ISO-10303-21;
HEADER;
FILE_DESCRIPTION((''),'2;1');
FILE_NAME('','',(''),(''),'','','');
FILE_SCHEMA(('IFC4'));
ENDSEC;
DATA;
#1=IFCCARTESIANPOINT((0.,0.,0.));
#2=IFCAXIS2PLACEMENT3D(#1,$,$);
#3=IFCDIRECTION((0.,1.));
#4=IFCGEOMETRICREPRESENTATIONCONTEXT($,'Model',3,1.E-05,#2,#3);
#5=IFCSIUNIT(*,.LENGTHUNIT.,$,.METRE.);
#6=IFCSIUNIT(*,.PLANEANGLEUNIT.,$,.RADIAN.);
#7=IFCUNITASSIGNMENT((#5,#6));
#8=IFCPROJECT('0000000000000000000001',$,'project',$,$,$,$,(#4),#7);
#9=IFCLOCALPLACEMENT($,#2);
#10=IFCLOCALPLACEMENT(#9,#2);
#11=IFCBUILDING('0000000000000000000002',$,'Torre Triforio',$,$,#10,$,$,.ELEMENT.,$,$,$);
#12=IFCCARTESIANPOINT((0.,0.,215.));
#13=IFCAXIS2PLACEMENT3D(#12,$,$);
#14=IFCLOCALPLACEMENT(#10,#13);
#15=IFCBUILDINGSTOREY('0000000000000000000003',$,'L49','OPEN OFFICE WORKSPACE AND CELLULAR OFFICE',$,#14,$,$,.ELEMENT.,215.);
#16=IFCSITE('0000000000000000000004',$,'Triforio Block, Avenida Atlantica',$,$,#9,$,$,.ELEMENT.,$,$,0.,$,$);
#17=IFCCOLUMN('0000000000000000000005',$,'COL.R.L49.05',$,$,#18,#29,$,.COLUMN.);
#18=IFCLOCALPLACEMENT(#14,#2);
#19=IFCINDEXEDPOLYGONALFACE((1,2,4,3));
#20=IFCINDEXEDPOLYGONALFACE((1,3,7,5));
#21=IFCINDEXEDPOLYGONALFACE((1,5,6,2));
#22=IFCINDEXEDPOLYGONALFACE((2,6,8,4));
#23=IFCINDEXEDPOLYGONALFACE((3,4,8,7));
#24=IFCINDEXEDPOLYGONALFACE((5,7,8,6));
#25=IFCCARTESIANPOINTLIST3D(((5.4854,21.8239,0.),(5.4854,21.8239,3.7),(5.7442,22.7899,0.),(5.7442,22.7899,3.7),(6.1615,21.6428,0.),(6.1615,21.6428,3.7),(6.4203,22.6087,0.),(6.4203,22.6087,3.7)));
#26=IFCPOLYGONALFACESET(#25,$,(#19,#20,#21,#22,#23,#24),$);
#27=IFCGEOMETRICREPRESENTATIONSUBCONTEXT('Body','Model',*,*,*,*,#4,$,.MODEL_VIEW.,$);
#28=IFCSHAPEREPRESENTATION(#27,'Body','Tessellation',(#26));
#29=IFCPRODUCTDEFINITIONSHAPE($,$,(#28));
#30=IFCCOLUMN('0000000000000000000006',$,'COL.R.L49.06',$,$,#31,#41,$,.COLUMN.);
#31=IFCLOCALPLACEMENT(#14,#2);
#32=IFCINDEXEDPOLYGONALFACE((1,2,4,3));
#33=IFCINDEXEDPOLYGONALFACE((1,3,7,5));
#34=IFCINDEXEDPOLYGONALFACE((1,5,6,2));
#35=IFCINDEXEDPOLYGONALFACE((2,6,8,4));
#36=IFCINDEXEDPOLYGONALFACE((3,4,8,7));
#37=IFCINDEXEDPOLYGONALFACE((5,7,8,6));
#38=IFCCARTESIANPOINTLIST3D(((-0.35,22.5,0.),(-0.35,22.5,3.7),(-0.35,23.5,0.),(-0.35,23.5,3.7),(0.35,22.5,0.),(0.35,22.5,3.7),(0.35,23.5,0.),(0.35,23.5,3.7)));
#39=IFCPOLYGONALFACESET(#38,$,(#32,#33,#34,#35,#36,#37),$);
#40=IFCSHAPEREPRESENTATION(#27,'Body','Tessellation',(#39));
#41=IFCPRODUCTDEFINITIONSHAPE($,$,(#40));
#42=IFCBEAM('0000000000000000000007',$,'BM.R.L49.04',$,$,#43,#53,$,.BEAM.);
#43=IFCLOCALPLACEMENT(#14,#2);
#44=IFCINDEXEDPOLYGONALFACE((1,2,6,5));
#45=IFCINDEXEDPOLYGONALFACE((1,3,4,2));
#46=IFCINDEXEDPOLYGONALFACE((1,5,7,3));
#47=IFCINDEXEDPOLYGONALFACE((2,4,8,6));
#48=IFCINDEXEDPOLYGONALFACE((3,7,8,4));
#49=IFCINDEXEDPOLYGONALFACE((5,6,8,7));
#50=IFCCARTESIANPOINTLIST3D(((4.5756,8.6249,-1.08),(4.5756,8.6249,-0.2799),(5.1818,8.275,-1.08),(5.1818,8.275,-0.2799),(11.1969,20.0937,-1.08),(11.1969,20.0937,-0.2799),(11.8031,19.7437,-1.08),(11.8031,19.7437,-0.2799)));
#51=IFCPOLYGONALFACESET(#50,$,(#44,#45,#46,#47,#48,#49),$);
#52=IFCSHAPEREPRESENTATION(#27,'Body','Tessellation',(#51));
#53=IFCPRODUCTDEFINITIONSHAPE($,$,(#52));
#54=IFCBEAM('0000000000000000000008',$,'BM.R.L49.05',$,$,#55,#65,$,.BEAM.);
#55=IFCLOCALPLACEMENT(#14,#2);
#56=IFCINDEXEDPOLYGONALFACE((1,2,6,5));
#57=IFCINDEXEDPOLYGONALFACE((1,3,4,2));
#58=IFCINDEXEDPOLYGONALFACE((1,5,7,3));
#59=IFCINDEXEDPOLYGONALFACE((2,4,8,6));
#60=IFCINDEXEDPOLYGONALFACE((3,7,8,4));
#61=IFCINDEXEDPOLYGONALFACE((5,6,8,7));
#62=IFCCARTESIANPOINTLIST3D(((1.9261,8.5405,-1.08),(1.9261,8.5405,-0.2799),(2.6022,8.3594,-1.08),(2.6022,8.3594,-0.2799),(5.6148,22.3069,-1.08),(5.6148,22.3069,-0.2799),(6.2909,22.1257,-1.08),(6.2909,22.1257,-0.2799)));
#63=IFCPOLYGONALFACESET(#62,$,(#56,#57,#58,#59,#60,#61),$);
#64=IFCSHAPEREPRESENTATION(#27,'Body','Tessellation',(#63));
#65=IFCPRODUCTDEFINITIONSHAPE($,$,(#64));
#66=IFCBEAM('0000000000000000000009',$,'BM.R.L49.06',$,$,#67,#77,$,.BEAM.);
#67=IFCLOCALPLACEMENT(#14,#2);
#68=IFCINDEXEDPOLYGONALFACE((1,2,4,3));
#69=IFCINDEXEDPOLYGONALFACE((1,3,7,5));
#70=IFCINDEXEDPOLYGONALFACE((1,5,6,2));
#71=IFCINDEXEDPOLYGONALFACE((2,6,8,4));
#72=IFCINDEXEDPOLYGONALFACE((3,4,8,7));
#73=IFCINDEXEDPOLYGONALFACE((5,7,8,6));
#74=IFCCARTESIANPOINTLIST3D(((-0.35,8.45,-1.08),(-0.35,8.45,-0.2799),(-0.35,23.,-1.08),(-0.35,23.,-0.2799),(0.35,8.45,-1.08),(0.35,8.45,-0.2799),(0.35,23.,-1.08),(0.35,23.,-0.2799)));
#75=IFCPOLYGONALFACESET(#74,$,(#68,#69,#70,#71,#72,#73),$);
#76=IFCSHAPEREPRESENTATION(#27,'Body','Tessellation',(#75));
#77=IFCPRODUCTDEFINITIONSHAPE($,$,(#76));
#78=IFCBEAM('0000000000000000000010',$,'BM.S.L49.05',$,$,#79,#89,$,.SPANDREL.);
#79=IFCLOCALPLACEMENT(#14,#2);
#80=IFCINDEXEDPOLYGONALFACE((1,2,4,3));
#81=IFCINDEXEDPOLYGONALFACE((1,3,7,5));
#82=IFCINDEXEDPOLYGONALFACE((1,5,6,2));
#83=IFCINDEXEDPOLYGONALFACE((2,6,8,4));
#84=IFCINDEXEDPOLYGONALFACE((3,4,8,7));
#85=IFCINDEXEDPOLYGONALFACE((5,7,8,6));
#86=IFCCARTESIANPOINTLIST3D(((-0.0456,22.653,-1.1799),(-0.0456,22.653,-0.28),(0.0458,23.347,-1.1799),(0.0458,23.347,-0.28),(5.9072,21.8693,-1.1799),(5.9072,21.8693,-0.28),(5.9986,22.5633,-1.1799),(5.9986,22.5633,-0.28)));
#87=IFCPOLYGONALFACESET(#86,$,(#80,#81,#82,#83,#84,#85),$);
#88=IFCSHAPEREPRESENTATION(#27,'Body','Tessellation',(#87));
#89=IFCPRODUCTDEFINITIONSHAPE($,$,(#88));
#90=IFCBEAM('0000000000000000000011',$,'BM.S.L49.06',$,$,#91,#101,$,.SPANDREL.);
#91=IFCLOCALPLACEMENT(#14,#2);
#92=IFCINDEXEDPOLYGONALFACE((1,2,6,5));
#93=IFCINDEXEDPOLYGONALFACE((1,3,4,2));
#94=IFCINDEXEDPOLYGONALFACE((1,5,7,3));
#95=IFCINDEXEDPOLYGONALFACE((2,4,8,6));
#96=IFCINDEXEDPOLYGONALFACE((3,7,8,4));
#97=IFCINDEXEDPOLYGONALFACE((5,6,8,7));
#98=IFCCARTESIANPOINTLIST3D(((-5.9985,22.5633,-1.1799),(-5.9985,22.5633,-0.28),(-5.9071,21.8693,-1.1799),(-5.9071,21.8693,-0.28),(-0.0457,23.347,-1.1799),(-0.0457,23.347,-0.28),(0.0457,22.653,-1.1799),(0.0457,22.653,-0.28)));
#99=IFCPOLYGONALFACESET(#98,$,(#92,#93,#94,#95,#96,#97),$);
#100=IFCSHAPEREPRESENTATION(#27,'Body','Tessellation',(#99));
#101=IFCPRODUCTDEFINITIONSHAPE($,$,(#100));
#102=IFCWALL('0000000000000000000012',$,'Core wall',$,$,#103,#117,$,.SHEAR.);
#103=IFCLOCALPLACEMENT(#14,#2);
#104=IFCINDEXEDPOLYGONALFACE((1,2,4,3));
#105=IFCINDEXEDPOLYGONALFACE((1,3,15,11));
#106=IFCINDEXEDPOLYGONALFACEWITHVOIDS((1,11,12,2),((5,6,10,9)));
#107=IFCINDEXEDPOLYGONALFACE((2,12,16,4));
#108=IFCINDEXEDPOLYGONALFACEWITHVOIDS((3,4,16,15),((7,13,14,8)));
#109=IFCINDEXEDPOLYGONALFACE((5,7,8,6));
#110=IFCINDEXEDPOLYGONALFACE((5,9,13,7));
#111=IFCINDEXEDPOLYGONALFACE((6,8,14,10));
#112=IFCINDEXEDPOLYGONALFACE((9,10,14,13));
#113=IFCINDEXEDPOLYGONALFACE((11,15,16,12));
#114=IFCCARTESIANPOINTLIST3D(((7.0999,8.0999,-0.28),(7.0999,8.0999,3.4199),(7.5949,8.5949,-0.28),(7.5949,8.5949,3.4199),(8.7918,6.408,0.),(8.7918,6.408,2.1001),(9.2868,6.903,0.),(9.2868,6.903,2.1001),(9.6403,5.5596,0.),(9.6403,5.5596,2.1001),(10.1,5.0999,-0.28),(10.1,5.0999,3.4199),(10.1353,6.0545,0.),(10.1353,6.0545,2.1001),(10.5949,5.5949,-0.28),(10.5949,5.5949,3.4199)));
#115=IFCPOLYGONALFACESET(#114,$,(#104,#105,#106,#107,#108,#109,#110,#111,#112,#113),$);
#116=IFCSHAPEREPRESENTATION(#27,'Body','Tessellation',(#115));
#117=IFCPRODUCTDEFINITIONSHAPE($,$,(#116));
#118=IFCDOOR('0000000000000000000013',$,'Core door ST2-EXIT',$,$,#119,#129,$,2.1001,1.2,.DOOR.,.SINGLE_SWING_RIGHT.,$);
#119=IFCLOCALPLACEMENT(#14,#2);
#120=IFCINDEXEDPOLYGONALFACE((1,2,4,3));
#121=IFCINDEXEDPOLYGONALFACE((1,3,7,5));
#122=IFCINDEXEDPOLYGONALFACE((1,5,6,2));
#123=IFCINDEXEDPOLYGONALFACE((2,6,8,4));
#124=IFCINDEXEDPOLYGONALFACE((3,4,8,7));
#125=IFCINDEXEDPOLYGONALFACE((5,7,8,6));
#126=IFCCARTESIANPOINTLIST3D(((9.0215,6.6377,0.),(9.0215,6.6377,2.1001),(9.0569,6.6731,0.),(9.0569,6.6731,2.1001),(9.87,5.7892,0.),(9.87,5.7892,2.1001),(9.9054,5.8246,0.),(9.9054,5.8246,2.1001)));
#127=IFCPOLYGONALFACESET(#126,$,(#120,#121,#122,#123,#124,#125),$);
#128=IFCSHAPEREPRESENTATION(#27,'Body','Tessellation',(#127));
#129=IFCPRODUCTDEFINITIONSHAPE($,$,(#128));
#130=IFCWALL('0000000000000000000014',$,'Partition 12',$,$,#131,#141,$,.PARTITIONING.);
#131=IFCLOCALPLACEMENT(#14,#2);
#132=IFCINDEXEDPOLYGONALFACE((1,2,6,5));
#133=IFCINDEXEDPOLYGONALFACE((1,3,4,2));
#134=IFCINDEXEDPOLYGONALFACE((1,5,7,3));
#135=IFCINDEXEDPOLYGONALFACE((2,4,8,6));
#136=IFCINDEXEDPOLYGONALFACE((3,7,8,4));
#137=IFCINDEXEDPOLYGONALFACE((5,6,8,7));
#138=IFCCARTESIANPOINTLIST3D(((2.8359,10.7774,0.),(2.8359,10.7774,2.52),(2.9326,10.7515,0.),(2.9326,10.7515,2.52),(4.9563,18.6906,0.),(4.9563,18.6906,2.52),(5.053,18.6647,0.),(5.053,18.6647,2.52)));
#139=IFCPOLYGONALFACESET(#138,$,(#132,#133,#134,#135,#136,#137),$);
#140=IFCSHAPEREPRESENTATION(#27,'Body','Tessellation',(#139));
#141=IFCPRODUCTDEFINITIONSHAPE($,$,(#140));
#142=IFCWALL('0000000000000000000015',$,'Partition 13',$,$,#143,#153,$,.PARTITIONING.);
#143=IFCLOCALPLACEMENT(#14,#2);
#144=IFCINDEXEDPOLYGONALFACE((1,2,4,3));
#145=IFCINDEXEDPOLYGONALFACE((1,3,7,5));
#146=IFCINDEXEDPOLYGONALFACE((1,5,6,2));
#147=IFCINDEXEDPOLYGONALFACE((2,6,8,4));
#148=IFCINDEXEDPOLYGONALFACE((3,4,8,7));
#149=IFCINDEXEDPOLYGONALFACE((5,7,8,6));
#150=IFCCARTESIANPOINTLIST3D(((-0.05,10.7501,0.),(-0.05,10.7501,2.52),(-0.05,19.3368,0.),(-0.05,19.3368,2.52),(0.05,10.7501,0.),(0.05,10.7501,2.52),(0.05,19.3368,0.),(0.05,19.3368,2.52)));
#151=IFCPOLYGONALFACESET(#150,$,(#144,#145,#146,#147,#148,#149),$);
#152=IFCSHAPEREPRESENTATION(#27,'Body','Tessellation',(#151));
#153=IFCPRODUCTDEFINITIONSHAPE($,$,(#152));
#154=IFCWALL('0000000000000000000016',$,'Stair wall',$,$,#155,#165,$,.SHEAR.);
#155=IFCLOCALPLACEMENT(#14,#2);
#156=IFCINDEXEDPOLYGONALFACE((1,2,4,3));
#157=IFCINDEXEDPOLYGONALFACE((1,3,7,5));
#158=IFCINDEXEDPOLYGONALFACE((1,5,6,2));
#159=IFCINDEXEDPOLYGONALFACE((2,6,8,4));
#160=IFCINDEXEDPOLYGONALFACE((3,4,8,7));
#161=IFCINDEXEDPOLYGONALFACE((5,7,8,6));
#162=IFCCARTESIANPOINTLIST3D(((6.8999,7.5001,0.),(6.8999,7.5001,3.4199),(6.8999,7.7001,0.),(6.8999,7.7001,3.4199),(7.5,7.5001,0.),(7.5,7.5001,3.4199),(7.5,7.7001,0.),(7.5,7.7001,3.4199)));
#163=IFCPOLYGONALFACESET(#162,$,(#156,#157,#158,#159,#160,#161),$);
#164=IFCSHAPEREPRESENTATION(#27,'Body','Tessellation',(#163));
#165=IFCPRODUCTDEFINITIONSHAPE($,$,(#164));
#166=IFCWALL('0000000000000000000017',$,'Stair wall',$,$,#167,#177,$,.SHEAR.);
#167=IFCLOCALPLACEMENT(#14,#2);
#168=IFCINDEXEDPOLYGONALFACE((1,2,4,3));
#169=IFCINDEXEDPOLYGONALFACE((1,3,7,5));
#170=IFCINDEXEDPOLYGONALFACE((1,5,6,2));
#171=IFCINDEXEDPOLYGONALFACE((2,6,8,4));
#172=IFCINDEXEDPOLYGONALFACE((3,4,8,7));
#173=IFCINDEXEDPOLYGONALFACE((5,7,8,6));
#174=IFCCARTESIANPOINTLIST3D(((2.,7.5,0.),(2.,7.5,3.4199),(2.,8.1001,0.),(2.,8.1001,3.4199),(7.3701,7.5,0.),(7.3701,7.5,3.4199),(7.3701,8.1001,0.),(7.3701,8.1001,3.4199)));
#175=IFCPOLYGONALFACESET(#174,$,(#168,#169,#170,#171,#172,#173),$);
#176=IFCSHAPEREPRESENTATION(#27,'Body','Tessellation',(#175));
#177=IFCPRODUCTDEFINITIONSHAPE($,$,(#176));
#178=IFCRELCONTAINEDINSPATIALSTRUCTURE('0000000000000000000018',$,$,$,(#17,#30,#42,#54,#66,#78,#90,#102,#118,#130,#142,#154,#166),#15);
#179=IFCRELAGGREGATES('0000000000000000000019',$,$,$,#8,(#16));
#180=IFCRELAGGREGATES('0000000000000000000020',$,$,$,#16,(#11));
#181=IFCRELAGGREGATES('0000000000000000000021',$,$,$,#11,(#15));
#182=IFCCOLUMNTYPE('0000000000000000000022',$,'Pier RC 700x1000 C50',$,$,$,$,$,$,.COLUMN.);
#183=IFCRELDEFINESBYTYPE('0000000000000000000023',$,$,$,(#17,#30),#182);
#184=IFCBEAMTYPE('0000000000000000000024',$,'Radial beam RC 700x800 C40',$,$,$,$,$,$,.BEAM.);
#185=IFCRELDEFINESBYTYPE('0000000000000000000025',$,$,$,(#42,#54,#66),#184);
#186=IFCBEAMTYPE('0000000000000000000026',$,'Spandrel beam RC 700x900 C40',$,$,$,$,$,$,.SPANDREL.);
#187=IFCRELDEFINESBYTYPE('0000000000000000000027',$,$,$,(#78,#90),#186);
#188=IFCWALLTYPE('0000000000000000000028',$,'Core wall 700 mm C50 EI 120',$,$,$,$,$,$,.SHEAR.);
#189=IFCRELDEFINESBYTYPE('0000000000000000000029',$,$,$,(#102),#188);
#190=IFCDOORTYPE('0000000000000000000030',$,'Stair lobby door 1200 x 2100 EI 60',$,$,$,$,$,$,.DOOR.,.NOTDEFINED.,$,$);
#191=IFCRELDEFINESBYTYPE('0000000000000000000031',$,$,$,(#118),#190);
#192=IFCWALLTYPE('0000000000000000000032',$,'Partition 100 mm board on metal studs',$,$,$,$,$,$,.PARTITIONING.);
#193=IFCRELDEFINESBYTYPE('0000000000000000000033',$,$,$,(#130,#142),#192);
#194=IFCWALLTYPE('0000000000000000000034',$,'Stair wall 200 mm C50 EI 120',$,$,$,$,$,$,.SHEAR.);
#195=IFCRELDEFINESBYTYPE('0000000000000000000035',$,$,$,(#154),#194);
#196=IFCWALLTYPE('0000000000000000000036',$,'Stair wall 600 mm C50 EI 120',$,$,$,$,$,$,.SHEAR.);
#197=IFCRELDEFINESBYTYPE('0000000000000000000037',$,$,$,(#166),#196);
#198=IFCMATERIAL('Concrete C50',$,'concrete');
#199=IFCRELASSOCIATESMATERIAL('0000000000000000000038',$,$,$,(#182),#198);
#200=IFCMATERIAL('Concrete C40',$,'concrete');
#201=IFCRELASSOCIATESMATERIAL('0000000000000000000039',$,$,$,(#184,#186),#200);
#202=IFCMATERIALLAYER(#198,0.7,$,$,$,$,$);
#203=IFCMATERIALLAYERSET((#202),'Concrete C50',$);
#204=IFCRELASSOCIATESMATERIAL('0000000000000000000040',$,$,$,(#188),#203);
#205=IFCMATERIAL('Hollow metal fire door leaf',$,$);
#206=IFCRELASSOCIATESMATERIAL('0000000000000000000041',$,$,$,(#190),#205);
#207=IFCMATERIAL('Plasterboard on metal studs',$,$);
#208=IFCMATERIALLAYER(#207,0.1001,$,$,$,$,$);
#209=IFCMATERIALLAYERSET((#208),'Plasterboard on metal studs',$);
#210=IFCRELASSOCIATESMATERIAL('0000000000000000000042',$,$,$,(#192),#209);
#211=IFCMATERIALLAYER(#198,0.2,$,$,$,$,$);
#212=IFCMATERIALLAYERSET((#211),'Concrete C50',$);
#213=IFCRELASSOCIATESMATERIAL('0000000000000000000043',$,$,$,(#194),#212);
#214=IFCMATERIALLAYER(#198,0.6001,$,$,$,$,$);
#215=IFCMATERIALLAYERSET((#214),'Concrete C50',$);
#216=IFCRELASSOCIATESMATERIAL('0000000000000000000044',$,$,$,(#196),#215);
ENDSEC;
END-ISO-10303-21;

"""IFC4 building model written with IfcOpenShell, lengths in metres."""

from ifc_helpers import new_model, si_unit, direction, frame, frame_2d, origin, origin_2d, place, context, subcontext, project, spatial, rectangle, extrude, material, layer, layer_set, material_profile, profile_set, type_object, element, fill, save


model = new_model("IFC4")

# Units and contexts
model_context = context("Model", 3, precision=1e-05, world=origin(), true_north=direction((0.0, 1.0)))
body_context = subcontext(model_context, "Body", "Model", "MODEL_VIEW")
ifc_project = project(units=[si_unit("LENGTHUNIT", "METRE"), si_unit("PLANEANGLEUNIT", "RADIAN")], contexts=[model_context])

# Site, building, storey
site_placement = place(None, origin())
site = spatial("IfcSite", under=ifc_project, at=site_placement, Name="Triforio Block, Avenida Atlantica", CompositionType="ELEMENT", RefElevation=0.0)
building_placement = place(site_placement, origin())
building = spatial("IfcBuilding", under=site, at=building_placement, Name="Torre Triforio", CompositionType="ELEMENT")
storey_placement = place(building_placement, frame((0.0, 0.0, 215.0)))
storey = spatial("IfcBuildingStorey", under=building, at=storey_placement, Name="L49", Description="OPEN OFFICE WORKSPACE AND CELLULAR OFFICE", CompositionType="ELEMENT", Elevation=215.0)

# Columns
ifc_material_1 = material(Name="Concrete C50", Category="concrete")
ifc_material_profile_1 = material_profile(ifc_material_1, rectangle(XDim=0.7, YDim=1.0, at=origin_2d()), Name="RC 700x1000")
ifc_profile_set_1 = profile_set([ifc_material_profile_1], Name="Concrete C50")
column_type = type_object("IfcColumnType", Name="Pier RC 700x1000 C50", PredefinedType="COLUMN", material=ifc_profile_set_1)
for number, where, z_axis, x_axis, name in (
    (1, (5.9529, 22.2163, 0.0), (0.0, 0.0, 1.0), (-0.965926, 0.258819, 0.0), "COL.R.L49.05"),
    (2, (0.0, 23.0, 0.0), (0.0, 0.0, 1.0), (-1.0, 0.0, 0.0), "COL.R.L49.06"),
):
    element("IfcColumn", number, at=place(storey_placement, frame(where, z_axis=z_axis, x_axis=x_axis)), inside=storey, type_object=column_type, Name=name, PredefinedType="COLUMN", context=body_context, shape_type="SweptSolid", body=[
        extrude(rectangle(XDim=0.7, YDim=1.0, at=origin_2d()), origin(), (0.0, 0.0, 1.0), 3.7),
    ])

# Beams
ifc_material_2 = material(Name="Concrete C40", Category="concrete")
ifc_material_profile_2 = material_profile(ifc_material_2, rectangle(XDim=0.7, YDim=0.8, at=origin_2d()), Name="RC 700x800")
ifc_profile_set_2 = profile_set([ifc_material_profile_2], Name="Concrete C40")
beam_type_1 = type_object("IfcBeamType", Name="Radial beam RC 700x800 C40", PredefinedType="BEAM", material=ifc_profile_set_2)
beam_1_placement = place(storey_placement, frame((4.8787, 8.45, -0.6799), z_axis=(0.499992, 0.86603, 0.0), x_axis=(-0.86603, 0.499992, 0.0)))
element("IfcBeam", 3, at=beam_1_placement, inside=storey, type_object=beam_type_1, Name="BM.R.L49.04", PredefinedType="BEAM", context=body_context, shape_type="SweptSolid", body=[
    extrude(rectangle(XDim=0.7, YDim=0.8, at=origin_2d()), origin(), (0.0, 0.0, 1.0), 13.2429),
])
beam_2_placement = place(storey_placement, frame((2.2642, 8.45, -0.6799), z_axis=(0.258821, 0.965925, 0.0), x_axis=(-0.965925, 0.258821, 0.0)))
element("IfcBeam", 4, at=beam_2_placement, inside=storey, type_object=beam_type_1, Name="BM.R.L49.05", PredefinedType="BEAM", context=body_context, shape_type="SweptSolid", body=[
    extrude(rectangle(XDim=0.7, YDim=0.8, at=origin_2d()), origin(), (0.0, 0.0, 1.0), 14.252),
])
beam_3_placement = place(storey_placement, frame((0.0, 8.45, -0.6799), z_axis=(0.0, 1.0, 0.0), x_axis=(-1.0, 0.0, 0.0)))
element("IfcBeam", 5, at=beam_3_placement, inside=storey, type_object=beam_type_1, Name="BM.R.L49.06", PredefinedType="BEAM", context=body_context, shape_type="SweptSolid", body=[
    extrude(rectangle(XDim=0.7, YDim=0.8, at=origin_2d()), origin(), (0.0, 0.0, 1.0), 14.55),
])
ifc_material_profile_3 = material_profile(ifc_material_2, rectangle(XDim=0.7, YDim=0.8999, at=origin_2d()), Name="RC 700x900")
ifc_profile_set_3 = profile_set([ifc_material_profile_3], Name="Concrete C40")
beam_type_2 = type_object("IfcBeamType", Name="Spandrel beam RC 700x900 C40", PredefinedType="SPANDREL", material=ifc_profile_set_3)
for number, where, z_axis, x_axis, name in (
    (6, (5.9529, 22.2163, -0.73), (-0.991445, 0.130523, 0.0), (-0.130523, -0.991445, 0.0), "BM.S.L49.05"),
    (7, (0.0, 23.0, -0.73), (-0.991445, -0.130523, 0.0), (0.130523, -0.991445, 0.0), "BM.S.L49.06"),
):
    element("IfcBeam", number, at=place(storey_placement, frame(where, z_axis=z_axis, x_axis=x_axis)), inside=storey, type_object=beam_type_2, Name=name, PredefinedType="SPANDREL", context=body_context, shape_type="SweptSolid", body=[
        extrude(rectangle(XDim=0.7, YDim=0.8999, at=origin_2d()), origin(), (0.0, 0.0, 1.0), 6.0042),
    ])

# Wall, opening, door
ifc_layer_1 = layer(ifc_material_1, 0.7)
ifc_layer_set_1 = layer_set([ifc_layer_1], Name="Concrete C50")
wall_type_1 = type_object("IfcWallType", Name="Core wall 700 mm C50 EI 120", PredefinedType="SHEAR", material=ifc_layer_set_1)
wall_1_placement = place(storey_placement, frame((7.3474, 8.3474, -0.28), z_axis=(0.0, 0.0, 1.0), x_axis=(0.707107, -0.707107, 0.0)))
wall_1 = element("IfcWall", 8, at=wall_1_placement, inside=storey, type_object=wall_type_1, Name="Core wall", PredefinedType="SHEAR", context=body_context, shape_type="SweptSolid", body=[
    extrude(rectangle(XDim=4.2427, YDim=0.7, at=frame_2d((2.1213, 0.0))), origin(), (0.0, 0.0, 1.0), 3.7),
])
opening_1_placement = place(wall_1_placement, frame((2.3926, 0.0, 0.28)))
opening_1 = element("IfcOpeningElement", 9, at=opening_1_placement, cuts=wall_1, PredefinedType="OPENING", context=body_context, shape_type="SweptSolid", body=[
    extrude(rectangle(XDim=1.2, YDim=2.1001, at=frame_2d((0.6001, 1.05))), frame((0.0, 0.3599, 0.0), z_axis=(0.0, -1.0, 0.0), x_axis=(1.0, 0.0, 0.0)), (0.0, 0.0, 1.0), 0.72),
])
ifc_material_3 = material(Name="Hollow metal fire door leaf")
door_type_1 = type_object("IfcDoorType", Name="Stair lobby door 1200 x 2100 EI 60", OperationType="NOTDEFINED", PredefinedType="DOOR", material=ifc_material_3)
door_1_placement = place(opening_1_placement, origin())
door_1 = element("IfcDoor", 10, at=door_1_placement, inside=storey, type_object=door_type_1, Name="Core door ST2-EXIT", OperationType="SINGLE_SWING_RIGHT", OverallHeight=2.1001, OverallWidth=1.2, PredefinedType="DOOR", context=body_context, shape_type="SweptSolid", body=[
    extrude(rectangle(XDim=1.2, YDim=2.1001, at=frame_2d((0.6001, 1.05))), frame((0.0, 0.0249, 0.0), z_axis=(0.0, -1.0, 0.0), x_axis=(1.0, 0.0, 0.0)), (0.0, 0.0, 1.0), 0.05),
])
fill(opening_1, door_1)

# Walls
ifc_material_4 = material(Name="Plasterboard on metal studs")
ifc_layer_2 = layer(ifc_material_4, 0.1001)
ifc_layer_set_2 = layer_set([ifc_layer_2], Name="Plasterboard on metal studs")
wall_type_2 = type_object("IfcWallType", Name="Partition 100 mm board on metal studs", PredefinedType="PARTITIONING", material=ifc_layer_set_2)
wall_2_placement = place(storey_placement, frame((2.8843, 10.7644, 0.0), z_axis=(0.0, 0.0, 1.0), x_axis=(0.258818, 0.965926, 0.0)))
element("IfcWall", 11, at=wall_2_placement, inside=storey, type_object=wall_type_2, Name="Partition 12", PredefinedType="PARTITIONING", context=body_context, shape_type="SweptSolid", body=[
    extrude(rectangle(XDim=8.1924, YDim=0.1001, at=frame_2d((4.0962, 0.0))), origin(), (0.0, 0.0, 1.0), 2.52),
])
wall_3_placement = place(storey_placement, frame((0.0, 10.75, 0.0), z_axis=(0.0, 0.0, 1.0), x_axis=(0.0, 1.0, 0.0)))
element("IfcWall", 12, at=wall_3_placement, inside=storey, type_object=wall_type_2, Name="Partition 13", PredefinedType="PARTITIONING", context=body_context, shape_type="SweptSolid", body=[
    extrude(rectangle(XDim=8.5867, YDim=0.1001, at=frame_2d((4.2935, 0.0))), origin(), (0.0, 0.0, 1.0), 2.52),
])
ifc_layer_3 = layer(ifc_material_1, 0.2)
ifc_layer_set_3 = layer_set([ifc_layer_3], Name="Concrete C50")
wall_type_3 = type_object("IfcWallType", Name="Stair wall 200 mm C50 EI 120", PredefinedType="SHEAR", material=ifc_layer_set_3)
wall_4_placement = place(storey_placement, frame((6.8999, 7.6001, 0.0), z_axis=(0.0, 0.0, 1.0), x_axis=(1.0, 0.0, 0.0)))
element("IfcWall", 13, at=wall_4_placement, inside=storey, type_object=wall_type_3, Name="Stair wall", PredefinedType="SHEAR", context=body_context, shape_type="SweptSolid", body=[
    extrude(rectangle(XDim=0.6001, YDim=0.2, at=frame_2d((0.3, 0.0))), origin(), (0.0, 0.0, 1.0), 3.4199),
])
ifc_layer_4 = layer(ifc_material_1, 0.6001)
ifc_layer_set_4 = layer_set([ifc_layer_4], Name="Concrete C50")
wall_type_4 = type_object("IfcWallType", Name="Stair wall 600 mm C50 EI 120", PredefinedType="SHEAR", material=ifc_layer_set_4)
wall_5_placement = place(storey_placement, frame((2.0, 7.8, 0.0), z_axis=(0.0, 0.0, 1.0), x_axis=(1.0, 0.0, 0.0)))
element("IfcWall", 14, at=wall_5_placement, inside=storey, type_object=wall_type_4, Name="Stair wall", PredefinedType="SHEAR", context=body_context, shape_type="SweptSolid", body=[
    extrude(rectangle(XDim=5.3701, YDim=0.6001, at=frame_2d((2.6851, 0.0))), origin(), (0.0, 0.0, 1.0), 3.4199),
])

save(model, "model.ifc")
